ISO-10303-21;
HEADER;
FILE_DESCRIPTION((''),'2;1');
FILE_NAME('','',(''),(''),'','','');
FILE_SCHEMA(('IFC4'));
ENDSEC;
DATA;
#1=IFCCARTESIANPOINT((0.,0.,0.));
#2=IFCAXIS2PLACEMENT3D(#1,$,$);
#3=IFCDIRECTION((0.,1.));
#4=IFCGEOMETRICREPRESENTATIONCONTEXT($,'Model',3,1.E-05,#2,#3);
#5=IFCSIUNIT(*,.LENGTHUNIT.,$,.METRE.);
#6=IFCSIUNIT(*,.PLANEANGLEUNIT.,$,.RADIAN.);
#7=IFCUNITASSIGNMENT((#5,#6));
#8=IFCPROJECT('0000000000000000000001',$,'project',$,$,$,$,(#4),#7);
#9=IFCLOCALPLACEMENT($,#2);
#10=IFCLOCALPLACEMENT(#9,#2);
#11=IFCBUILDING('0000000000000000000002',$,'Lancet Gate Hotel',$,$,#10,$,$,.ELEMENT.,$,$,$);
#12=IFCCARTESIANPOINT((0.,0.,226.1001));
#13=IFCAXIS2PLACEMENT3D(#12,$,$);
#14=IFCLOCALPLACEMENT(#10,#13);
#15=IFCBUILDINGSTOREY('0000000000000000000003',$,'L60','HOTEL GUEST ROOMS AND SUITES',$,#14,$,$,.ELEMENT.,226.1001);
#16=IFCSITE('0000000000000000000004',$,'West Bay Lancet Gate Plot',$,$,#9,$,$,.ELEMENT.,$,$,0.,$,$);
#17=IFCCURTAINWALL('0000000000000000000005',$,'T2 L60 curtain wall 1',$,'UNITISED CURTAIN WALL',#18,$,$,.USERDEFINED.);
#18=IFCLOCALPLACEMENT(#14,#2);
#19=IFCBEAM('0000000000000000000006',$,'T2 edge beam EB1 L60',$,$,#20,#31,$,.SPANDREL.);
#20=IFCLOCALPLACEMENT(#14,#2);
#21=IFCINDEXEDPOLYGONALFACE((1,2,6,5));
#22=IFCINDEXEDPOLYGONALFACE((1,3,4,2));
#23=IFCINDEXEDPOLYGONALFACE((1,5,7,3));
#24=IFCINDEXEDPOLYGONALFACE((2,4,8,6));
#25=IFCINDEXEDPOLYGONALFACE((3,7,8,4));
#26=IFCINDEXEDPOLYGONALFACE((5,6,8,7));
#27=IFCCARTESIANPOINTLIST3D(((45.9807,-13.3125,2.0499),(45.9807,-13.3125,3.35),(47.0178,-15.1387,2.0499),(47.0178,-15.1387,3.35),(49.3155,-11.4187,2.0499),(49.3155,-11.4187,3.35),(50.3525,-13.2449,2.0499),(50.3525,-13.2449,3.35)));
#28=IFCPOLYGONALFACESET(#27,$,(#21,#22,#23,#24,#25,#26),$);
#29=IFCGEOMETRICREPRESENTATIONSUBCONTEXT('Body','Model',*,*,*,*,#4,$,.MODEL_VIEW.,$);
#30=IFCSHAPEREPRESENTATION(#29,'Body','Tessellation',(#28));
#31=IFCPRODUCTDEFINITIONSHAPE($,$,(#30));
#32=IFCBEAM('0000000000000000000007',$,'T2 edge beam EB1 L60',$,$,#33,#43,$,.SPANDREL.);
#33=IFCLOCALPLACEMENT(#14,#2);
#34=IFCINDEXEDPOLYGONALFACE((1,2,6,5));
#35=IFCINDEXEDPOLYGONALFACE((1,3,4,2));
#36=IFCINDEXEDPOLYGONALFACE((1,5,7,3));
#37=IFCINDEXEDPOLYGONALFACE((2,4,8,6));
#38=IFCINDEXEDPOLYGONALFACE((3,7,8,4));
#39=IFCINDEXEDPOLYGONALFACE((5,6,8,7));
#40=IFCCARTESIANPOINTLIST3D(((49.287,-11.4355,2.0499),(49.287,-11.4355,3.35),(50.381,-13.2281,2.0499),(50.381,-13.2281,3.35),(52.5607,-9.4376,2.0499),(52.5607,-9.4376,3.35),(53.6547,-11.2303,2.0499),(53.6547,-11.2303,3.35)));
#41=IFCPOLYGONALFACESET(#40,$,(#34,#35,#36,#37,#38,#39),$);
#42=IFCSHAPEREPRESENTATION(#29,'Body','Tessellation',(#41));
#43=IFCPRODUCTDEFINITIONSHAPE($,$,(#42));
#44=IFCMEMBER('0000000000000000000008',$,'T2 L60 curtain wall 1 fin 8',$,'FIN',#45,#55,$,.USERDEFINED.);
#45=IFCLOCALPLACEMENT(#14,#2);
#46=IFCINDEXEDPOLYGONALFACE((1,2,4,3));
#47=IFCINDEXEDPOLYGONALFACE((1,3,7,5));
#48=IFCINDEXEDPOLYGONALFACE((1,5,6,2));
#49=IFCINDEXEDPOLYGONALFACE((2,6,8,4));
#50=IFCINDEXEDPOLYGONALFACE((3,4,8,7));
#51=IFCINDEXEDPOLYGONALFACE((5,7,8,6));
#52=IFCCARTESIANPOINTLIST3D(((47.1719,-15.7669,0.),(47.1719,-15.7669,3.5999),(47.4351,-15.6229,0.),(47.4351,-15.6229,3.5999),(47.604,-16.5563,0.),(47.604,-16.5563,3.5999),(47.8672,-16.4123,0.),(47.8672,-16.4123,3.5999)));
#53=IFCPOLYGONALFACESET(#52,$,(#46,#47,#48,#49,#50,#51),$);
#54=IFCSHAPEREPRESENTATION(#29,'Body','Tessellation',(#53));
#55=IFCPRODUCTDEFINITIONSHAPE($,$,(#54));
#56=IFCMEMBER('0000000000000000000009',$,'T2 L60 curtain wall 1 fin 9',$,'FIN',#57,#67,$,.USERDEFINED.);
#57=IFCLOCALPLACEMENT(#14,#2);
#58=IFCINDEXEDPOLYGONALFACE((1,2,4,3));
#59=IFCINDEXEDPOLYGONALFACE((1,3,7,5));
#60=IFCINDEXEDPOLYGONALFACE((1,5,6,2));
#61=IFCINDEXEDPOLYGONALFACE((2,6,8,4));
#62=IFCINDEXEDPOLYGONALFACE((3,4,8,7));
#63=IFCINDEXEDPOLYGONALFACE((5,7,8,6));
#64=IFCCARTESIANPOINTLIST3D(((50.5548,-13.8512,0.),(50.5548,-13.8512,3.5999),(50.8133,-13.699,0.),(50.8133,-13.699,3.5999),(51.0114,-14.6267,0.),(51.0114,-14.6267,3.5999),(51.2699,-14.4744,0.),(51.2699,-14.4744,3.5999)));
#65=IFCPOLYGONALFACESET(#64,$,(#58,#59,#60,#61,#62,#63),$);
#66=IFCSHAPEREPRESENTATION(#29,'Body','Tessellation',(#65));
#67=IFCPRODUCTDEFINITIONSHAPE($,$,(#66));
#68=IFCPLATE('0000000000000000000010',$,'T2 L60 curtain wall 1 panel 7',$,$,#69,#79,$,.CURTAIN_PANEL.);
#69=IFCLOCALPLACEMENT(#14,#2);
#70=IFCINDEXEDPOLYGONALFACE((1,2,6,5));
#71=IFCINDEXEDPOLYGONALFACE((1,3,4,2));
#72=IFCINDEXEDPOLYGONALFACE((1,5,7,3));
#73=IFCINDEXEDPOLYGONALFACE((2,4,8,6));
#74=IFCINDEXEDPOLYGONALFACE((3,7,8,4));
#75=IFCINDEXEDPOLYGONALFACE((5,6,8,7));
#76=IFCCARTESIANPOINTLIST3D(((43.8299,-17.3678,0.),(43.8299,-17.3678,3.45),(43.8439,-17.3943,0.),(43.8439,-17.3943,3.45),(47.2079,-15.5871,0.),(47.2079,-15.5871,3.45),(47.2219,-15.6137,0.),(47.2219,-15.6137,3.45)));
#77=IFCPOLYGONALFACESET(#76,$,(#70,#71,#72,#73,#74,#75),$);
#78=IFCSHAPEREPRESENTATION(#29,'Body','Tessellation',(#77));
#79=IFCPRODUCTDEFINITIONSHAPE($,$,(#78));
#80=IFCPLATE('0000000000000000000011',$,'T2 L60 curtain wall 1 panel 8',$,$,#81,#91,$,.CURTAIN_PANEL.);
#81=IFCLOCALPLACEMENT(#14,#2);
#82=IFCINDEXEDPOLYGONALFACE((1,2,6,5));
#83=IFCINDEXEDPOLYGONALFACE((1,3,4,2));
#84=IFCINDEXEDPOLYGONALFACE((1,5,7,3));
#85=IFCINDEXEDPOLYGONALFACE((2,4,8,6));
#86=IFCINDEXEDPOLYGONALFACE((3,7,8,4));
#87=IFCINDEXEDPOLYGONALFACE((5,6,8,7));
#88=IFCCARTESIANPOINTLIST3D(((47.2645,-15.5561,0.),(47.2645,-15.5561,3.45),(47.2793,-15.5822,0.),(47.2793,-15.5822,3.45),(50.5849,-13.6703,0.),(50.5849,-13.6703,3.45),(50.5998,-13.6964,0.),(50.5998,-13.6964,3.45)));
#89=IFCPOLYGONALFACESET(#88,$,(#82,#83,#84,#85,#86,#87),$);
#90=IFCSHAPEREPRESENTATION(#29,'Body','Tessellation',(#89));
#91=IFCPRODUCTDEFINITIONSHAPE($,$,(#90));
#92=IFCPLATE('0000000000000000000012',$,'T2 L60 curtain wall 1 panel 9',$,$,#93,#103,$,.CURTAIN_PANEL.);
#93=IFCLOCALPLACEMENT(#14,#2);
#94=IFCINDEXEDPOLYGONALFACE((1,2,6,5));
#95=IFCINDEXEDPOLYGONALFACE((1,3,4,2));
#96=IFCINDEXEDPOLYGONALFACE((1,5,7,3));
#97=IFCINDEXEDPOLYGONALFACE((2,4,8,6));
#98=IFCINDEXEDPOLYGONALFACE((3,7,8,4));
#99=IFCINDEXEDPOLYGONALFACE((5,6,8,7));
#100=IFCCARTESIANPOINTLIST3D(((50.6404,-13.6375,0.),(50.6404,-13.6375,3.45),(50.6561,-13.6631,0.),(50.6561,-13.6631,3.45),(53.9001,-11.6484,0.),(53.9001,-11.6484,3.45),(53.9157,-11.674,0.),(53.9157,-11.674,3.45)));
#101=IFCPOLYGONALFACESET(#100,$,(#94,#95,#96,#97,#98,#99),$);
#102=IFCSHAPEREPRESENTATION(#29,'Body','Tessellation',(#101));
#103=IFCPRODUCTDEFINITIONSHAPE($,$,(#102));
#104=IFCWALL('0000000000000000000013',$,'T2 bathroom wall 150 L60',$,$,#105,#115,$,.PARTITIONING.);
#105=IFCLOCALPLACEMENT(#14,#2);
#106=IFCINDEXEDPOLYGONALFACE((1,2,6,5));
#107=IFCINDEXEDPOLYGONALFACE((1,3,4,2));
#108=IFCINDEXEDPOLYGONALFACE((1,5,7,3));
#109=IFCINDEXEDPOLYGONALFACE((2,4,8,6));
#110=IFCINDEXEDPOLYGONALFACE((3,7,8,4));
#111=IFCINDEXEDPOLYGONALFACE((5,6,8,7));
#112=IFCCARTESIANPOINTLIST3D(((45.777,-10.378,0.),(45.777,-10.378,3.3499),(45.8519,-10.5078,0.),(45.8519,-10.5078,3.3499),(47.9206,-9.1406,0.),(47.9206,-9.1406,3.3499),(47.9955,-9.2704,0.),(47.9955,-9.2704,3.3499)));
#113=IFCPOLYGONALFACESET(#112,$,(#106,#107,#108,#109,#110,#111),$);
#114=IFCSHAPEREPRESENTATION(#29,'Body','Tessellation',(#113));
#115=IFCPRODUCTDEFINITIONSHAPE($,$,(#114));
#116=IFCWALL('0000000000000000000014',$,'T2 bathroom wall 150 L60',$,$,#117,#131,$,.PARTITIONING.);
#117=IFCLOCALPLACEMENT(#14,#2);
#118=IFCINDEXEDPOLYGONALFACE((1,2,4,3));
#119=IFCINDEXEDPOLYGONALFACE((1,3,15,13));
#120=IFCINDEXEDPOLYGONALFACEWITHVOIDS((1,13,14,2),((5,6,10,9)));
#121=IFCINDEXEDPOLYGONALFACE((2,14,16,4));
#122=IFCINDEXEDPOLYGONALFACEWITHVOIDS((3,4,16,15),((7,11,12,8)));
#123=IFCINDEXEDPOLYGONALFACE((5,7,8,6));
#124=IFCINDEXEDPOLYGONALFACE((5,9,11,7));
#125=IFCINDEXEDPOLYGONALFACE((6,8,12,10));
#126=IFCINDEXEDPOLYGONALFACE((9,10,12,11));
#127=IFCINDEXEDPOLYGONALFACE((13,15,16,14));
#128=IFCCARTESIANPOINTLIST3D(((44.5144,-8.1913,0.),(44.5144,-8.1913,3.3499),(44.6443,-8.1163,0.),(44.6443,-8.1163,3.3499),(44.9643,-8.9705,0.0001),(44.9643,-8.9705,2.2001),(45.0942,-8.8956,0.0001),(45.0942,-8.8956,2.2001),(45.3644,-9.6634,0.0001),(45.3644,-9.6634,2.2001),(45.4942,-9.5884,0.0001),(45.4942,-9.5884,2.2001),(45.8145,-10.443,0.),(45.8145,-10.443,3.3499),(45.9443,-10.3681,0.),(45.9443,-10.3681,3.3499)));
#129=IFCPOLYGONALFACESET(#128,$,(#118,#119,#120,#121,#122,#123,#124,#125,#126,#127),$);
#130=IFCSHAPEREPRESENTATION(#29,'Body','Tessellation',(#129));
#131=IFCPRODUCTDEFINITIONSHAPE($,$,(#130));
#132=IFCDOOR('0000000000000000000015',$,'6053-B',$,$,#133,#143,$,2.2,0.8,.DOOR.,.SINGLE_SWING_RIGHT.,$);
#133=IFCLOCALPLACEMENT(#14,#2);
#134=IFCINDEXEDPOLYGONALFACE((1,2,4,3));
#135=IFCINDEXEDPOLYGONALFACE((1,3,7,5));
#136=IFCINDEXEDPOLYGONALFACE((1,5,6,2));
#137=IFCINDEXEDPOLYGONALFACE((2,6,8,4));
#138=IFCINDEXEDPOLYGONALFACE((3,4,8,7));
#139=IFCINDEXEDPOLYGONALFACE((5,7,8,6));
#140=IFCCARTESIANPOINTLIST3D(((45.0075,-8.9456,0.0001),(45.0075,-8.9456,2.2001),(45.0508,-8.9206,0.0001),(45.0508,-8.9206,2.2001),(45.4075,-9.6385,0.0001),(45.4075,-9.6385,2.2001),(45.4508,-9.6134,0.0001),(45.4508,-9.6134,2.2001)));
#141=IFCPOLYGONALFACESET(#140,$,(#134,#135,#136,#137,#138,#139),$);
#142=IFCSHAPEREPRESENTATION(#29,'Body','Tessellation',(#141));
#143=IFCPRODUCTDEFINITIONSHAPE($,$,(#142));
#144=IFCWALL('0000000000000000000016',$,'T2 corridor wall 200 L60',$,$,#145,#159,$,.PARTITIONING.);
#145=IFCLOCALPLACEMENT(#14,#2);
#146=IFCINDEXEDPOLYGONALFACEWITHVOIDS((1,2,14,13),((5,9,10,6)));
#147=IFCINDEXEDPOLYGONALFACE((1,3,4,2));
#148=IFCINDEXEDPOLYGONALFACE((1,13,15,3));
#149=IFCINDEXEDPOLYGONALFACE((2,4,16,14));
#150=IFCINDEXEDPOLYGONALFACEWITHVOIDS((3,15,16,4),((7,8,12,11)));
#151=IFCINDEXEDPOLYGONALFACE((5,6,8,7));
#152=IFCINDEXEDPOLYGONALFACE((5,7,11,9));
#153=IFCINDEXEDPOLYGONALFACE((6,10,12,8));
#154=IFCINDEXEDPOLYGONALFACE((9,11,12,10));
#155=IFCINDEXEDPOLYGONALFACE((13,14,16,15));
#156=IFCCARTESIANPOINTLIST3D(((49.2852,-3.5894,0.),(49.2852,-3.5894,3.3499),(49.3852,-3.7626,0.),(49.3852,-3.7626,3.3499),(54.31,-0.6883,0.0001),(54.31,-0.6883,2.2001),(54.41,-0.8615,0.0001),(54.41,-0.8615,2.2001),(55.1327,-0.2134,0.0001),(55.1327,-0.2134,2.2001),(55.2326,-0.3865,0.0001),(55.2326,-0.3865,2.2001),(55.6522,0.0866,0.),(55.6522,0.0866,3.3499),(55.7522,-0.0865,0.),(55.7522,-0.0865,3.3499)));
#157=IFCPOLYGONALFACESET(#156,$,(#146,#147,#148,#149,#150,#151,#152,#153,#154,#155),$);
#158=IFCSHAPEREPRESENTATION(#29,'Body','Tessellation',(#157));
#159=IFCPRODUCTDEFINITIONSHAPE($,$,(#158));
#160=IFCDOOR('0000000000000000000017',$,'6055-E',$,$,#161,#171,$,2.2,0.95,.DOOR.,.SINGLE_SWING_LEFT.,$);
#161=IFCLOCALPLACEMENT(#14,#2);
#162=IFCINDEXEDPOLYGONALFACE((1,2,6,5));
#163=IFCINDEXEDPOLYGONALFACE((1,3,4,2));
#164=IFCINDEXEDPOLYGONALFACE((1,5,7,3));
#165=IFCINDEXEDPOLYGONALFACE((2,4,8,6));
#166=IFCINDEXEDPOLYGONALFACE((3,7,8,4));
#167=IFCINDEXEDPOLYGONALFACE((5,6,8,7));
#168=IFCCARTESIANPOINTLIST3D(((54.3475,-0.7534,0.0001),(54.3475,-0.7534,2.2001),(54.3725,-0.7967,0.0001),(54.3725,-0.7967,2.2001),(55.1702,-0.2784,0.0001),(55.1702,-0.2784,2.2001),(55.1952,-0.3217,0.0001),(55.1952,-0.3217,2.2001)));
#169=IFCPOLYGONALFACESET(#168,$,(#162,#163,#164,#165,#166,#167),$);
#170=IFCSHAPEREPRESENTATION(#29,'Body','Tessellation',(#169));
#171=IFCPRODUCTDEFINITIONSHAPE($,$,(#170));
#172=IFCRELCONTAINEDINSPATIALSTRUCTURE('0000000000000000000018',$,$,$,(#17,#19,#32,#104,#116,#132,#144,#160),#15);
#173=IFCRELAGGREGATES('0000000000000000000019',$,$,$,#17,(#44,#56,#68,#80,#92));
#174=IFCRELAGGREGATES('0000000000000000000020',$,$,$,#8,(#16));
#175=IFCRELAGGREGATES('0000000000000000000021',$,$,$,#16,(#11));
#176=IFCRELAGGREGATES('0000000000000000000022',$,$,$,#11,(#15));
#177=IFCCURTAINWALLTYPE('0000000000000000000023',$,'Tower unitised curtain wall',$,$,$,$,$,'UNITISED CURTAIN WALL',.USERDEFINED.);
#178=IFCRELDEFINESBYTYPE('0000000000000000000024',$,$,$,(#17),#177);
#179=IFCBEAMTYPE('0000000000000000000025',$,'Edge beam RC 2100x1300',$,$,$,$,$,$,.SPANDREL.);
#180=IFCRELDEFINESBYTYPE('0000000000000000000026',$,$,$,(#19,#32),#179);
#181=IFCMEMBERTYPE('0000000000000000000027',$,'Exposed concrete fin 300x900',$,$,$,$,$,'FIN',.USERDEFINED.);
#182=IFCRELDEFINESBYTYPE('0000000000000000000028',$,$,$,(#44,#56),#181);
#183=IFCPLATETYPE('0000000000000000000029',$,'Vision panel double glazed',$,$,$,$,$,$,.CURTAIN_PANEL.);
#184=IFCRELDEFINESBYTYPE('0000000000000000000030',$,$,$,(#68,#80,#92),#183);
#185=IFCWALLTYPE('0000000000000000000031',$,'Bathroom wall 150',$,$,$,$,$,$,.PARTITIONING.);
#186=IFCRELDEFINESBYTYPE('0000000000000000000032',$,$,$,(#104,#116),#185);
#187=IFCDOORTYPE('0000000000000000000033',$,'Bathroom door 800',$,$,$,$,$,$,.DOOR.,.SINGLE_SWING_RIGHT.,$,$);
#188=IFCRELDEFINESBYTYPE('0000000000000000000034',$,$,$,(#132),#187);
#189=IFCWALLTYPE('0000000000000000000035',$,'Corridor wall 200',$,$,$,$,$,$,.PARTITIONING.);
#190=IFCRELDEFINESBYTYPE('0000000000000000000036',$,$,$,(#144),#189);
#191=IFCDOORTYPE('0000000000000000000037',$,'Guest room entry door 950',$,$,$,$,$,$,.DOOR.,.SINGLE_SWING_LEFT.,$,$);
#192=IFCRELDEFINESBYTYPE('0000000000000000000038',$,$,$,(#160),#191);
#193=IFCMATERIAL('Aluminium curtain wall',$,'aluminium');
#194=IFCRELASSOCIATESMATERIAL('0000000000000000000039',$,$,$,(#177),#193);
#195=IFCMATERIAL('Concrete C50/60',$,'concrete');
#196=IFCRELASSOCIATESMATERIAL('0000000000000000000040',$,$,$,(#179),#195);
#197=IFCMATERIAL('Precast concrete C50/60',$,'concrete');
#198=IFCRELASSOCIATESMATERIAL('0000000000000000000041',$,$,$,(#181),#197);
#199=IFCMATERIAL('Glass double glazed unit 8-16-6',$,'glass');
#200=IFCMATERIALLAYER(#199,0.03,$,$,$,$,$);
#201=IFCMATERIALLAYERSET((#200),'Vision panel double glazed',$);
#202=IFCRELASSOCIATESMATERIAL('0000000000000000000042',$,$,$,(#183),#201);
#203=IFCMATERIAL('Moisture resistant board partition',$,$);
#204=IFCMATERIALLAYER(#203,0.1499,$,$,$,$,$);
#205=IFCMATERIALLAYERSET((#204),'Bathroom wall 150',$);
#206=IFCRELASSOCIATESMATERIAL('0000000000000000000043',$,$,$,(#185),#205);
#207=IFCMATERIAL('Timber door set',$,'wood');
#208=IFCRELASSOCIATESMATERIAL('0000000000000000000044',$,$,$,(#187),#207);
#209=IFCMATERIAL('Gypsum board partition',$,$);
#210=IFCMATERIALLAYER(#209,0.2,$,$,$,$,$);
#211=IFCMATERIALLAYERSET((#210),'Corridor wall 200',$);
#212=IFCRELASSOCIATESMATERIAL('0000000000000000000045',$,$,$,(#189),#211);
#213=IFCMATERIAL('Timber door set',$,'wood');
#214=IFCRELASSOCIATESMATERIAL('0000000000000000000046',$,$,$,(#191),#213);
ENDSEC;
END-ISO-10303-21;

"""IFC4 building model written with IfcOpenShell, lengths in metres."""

from ifc_helpers import new_model, si_unit, direction, frame, frame_2d, origin, origin_2d, place, context, subcontext, project, spatial, rectangle, extrude, material, layer, layer_set, material_profile, profile_set, type_object, element, fill, aggregate, save


model = new_model("IFC4")

# Units and contexts
model_context = context("Model", 3, precision=1e-05, world=origin(), true_north=direction((0.0, 1.0)))
body_context = subcontext(model_context, "Body", "Model", "MODEL_VIEW")
ifc_project = project(units=[si_unit("LENGTHUNIT", "METRE"), si_unit("PLANEANGLEUNIT", "RADIAN")], contexts=[model_context])

# Site, building, storey
site_placement = place(None, origin())
site = spatial("IfcSite", under=ifc_project, at=site_placement, Name="West Bay Lancet Gate Plot", CompositionType="ELEMENT", RefElevation=0.0)
building_placement = place(site_placement, origin())
building = spatial("IfcBuilding", under=site, at=building_placement, Name="Lancet Gate Hotel", CompositionType="ELEMENT")
storey_placement = place(building_placement, frame((0.0, 0.0, 226.1001)))
storey = spatial("IfcBuildingStorey", under=building, at=storey_placement, Name="L60", Description="HOTEL GUEST ROOMS AND SUITES", CompositionType="ELEMENT", Elevation=226.1001)

# Curtain wall
ifc_material_1 = material(Name="Aluminium curtain wall", Category="aluminium")
curtain_wall_type = type_object("IfcCurtainWallType", Name="Tower unitised curtain wall", ElementType="UNITISED CURTAIN WALL", PredefinedType="USERDEFINED", material=ifc_material_1)
curtain_wall_placement = place(storey_placement, origin())
curtain_wall = element("IfcCurtainWall", 1, at=curtain_wall_placement, inside=storey, type_object=curtain_wall_type, Name="T2 L60 curtain wall 1", ObjectType="UNITISED CURTAIN WALL", PredefinedType="USERDEFINED")

# Beams
ifc_material_2 = material(Name="Concrete C50/60", Category="concrete")
ifc_material_profile_1 = material_profile(ifc_material_2, rectangle(XDim=2.1001, YDim=1.3, at=origin_2d()), Name="RC 2100x1300")
ifc_profile_set_1 = profile_set([ifc_material_profile_1], Name="Concrete C50/60")
beam_type = type_object("IfcBeamType", Name="Edge beam RC 2100x1300", PredefinedType="SPANDREL", material=ifc_profile_set_1)
beam_1_placement = place(storey_placement, frame((46.4993, -14.2256, 2.7), z_axis=(0.86956, 0.493827, 0.0), x_axis=(-0.493827, 0.86956, 0.0)))
element("IfcBeam", 2, at=beam_1_placement, inside=storey, type_object=beam_type, Name="T2 edge beam EB1 L60", PredefinedType="SPANDREL", context=body_context, shape_type="SweptSolid", body=[
    extrude(rectangle(XDim=2.1001, YDim=1.3, at=origin_2d()), origin(), (0.0, 0.0, 1.0), 3.835),
])
beam_2_placement = place(storey_placement, frame((49.834, -12.3318, 2.7), z_axis=(0.853604, 0.520922, 0.0), x_axis=(-0.520922, 0.853604, 0.0)))
element("IfcBeam", 3, at=beam_2_placement, inside=storey, type_object=beam_type, Name="T2 edge beam EB1 L60", PredefinedType="SPANDREL", context=body_context, shape_type="SweptSolid", body=[
    extrude(rectangle(XDim=2.1001, YDim=1.3, at=origin_2d()), origin(), (0.0, 0.0, 1.0), 3.8352),
])

# Members
ifc_material_3 = material(Name="Precast concrete C50/60", Category="concrete")
ifc_material_profile_2 = material_profile(ifc_material_3, rectangle(XDim=0.3, YDim=0.8999, at=origin_2d()), Name="FIN 300x900")
ifc_profile_set_2 = profile_set([ifc_material_profile_2], Name="Precast concrete C50/60")
member_type_1 = type_object("IfcMemberType", Name="Exposed concrete fin 300x900", ElementType="FIN", PredefinedType="USERDEFINED", material=ifc_profile_set_2)
member_1_placement = place(storey_placement, frame((47.5195, -16.0896, 0.0), z_axis=(0.0, 0.0, 1.0), x_axis=(0.877195, 0.480135, 0.0)))
member_1 = element("IfcMember", 4, at=member_1_placement, type_object=member_type_1, Name="T2 L60 curtain wall 1 fin 8", ObjectType="FIN", PredefinedType="USERDEFINED", context=body_context, shape_type="SweptSolid", body=[
    extrude(rectangle(XDim=0.3, YDim=0.8999, at=origin_2d()), origin(), (0.0, 0.0, 1.0), 3.5999),
])
member_2_placement = place(storey_placement, frame((50.9124, -14.1628, 0.0), z_axis=(0.0, 0.0, 1.0), x_axis=(0.861692, 0.507432, 0.0)))
member_2 = element("IfcMember", 5, at=member_2_placement, type_object=member_type_1, Name="T2 L60 curtain wall 1 fin 9", ObjectType="FIN", PredefinedType="USERDEFINED", context=body_context, shape_type="SweptSolid", body=[
    extrude(rectangle(XDim=0.3, YDim=0.8999, at=origin_2d()), origin(), (0.0, 0.0, 1.0), 3.5999),
])

# Plates
ifc_material_4 = material(Name="Glass double glazed unit 8-16-6", Category="glass")
ifc_layer_1 = layer(ifc_material_4, 0.03)
ifc_layer_set_1 = layer_set([ifc_layer_1], Name="Vision panel double glazed")
plate_type = type_object("IfcPlateType", Name="Vision panel double glazed", PredefinedType="CURTAIN_PANEL", material=ifc_layer_set_1)
plate_1_placement = place(storey_placement, frame((45.5259, -16.4907, 0.0), z_axis=(0.0, 0.0, 1.0), x_axis=(0.884623, 0.466307, 0.0)))
plate_1 = element("IfcPlate", 6, at=plate_1_placement, type_object=plate_type, Name="T2 L60 curtain wall 1 panel 7", PredefinedType="CURTAIN_PANEL", context=body_context, shape_type="SweptSolid", body=[
    extrude(rectangle(XDim=3.8186, YDim=0.03, at=origin_2d()), origin(), (0.0, 0.0, 1.0), 3.45),
])
plate_2_placement = place(storey_placement, frame((48.9321, -14.6262, 0.0), z_axis=(0.0, 0.0, 1.0), x_axis=(0.86955, 0.493844, 0.0)))
plate_2 = element("IfcPlate", 7, at=plate_2_placement, type_object=plate_type, Name="T2 L60 curtain wall 1 panel 8", PredefinedType="CURTAIN_PANEL", context=body_context, shape_type="SweptSolid", body=[
    extrude(rectangle(XDim=3.8186, YDim=0.03, at=origin_2d()), origin(), (0.0, 0.0, 1.0), 3.45),
])
plate_3_placement = place(storey_placement, frame((52.2781, -12.6558, 0.0), z_axis=(0.0, 0.0, 1.0), x_axis=(0.853621, 0.520895, 0.0)))
plate_3 = element("IfcPlate", 8, at=plate_3_placement, type_object=plate_type, Name="T2 L60 curtain wall 1 panel 9", PredefinedType="CURTAIN_PANEL", context=body_context, shape_type="SweptSolid", body=[
    extrude(rectangle(XDim=3.8186, YDim=0.03, at=origin_2d()), origin(), (0.0, 0.0, 1.0), 3.45),
])
aggregate(curtain_wall, [member_1, member_2, plate_1, plate_2, plate_3])

# Wall
ifc_material_5 = material(Name="Moisture resistant board partition")
ifc_layer_2 = layer(ifc_material_5, 0.1499)
ifc_layer_set_2 = layer_set([ifc_layer_2], Name="Bathroom wall 150")
wall_type_1 = type_object("IfcWallType", Name="Bathroom wall 150", PredefinedType="PARTITIONING", material=ifc_layer_set_2)
wall_1_placement = place(storey_placement, frame((45.8145, -10.4429, 0.0), z_axis=(0.0, 0.0, 1.0), x_axis=(0.866074, 0.499916, 0.0)))
element("IfcWall", 9, at=wall_1_placement, inside=storey, type_object=wall_type_1, Name="T2 bathroom wall 150 L60", PredefinedType="PARTITIONING", context=body_context, shape_type="SweptSolid", body=[
    extrude(rectangle(XDim=2.4751, YDim=0.1499, at=frame_2d((1.2375, 0.0))), origin(), (0.0, 0.0, 1.0), 3.3499),
])

# Walls, openings, doors
wall_2_placement = place(storey_placement, frame((44.5793, -8.1538, 0.0), z_axis=(0.0, 0.0, 1.0), x_axis=(0.500007, -0.866021, 0.0)))
wall_2 = element("IfcWall", 10, at=wall_2_placement, inside=storey, type_object=wall_type_1, Name="T2 bathroom wall 150 L60", PredefinedType="PARTITIONING", context=body_context, shape_type="SweptSolid", body=[
    extrude(rectangle(XDim=2.6001, YDim=0.1499, at=frame_2d((1.3, 0.0))), origin(), (0.0, 0.0, 1.0), 3.3499),
])
opening_1_placement = place(wall_2_placement, frame((0.8999, 0.0, 0.0)))
opening_1 = element("IfcOpeningElement", 11, at=opening_1_placement, cuts=wall_2, PredefinedType="OPENING", context=body_context, shape_type="SweptSolid", body=[
    extrude(rectangle(XDim=0.8, YDim=2.2, at=frame_2d((0.3999, 1.1001))), frame((0.0, 0.085, 0.0), z_axis=(0.0, -1.0, 0.0), x_axis=(1.0, 0.0, 0.0)), (0.0, 0.0, 1.0), 0.1699),
])
ifc_material_6 = material(Name="Timber door set", Category="wood")
door_type_1 = type_object("IfcDoorType", Name="Bathroom door 800", OperationType="SINGLE_SWING_RIGHT", PredefinedType="DOOR", material=ifc_material_6)
door_1_placement = place(opening_1_placement, origin())
door_1 = element("IfcDoor", 12, at=door_1_placement, inside=storey, type_object=door_type_1, Name="6053-B", OperationType="SINGLE_SWING_RIGHT", OverallHeight=2.2, OverallWidth=0.8, PredefinedType="DOOR", context=body_context, shape_type="SweptSolid", body=[
    extrude(rectangle(XDim=0.8, YDim=2.2, at=frame_2d((0.3999, 1.1001))), frame((0.0, 0.0249, 0.0), z_axis=(0.0, -1.0, 0.0), x_axis=(1.0, 0.0, 0.0)), (0.0, 0.0, 1.0), 0.05),
])
fill(opening_1, door_1)
ifc_material_7 = material(Name="Gypsum board partition")
ifc_layer_3 = layer(ifc_material_7, 0.2)
ifc_layer_set_3 = layer_set([ifc_layer_3], Name="Corridor wall 200")
wall_type_2 = type_object("IfcWallType", Name="Corridor wall 200", PredefinedType="PARTITIONING", material=ifc_layer_set_3)
wall_3_placement = place(storey_placement, frame((49.3352, -3.676, 0.0), z_axis=(0.0, 0.0, 1.0), x_axis=(0.866021, 0.500007, 0.0)))
wall_3 = element("IfcWall", 13, at=wall_3_placement, inside=storey, type_object=wall_type_2, Name="T2 corridor wall 200 L60", PredefinedType="PARTITIONING", context=body_context, shape_type="SweptSolid", body=[
    extrude(rectangle(XDim=7.3521, YDim=0.2, at=frame_2d((3.676, 0.0))), origin(), (0.0, 0.0, 1.0), 3.3499),
])
opening_2_placement = place(wall_3_placement, frame((5.802, 0.0, 0.0)))
opening_2 = element("IfcOpeningElement", 14, at=opening_2_placement, cuts=wall_3, PredefinedType="OPENING", context=body_context, shape_type="SweptSolid", body=[
    extrude(rectangle(XDim=0.95, YDim=2.2, at=frame_2d((0.4751, 1.1001))), frame((0.0, 0.1099, 0.0), z_axis=(0.0, -1.0, 0.0), x_axis=(1.0, 0.0, 0.0)), (0.0, 0.0, 1.0), 0.22),
])
ifc_material_8 = material(Name="Timber door set", Category="wood")
door_type_2 = type_object("IfcDoorType", Name="Guest room entry door 950", OperationType="SINGLE_SWING_LEFT", PredefinedType="DOOR", material=ifc_material_8)
door_2_placement = place(opening_2_placement, origin())
door_2 = element("IfcDoor", 15, at=door_2_placement, inside=storey, type_object=door_type_2, Name="6055-E", OperationType="SINGLE_SWING_LEFT", OverallHeight=2.2, OverallWidth=0.95, PredefinedType="DOOR", context=body_context, shape_type="SweptSolid", body=[
    extrude(rectangle(XDim=0.95, YDim=2.2, at=frame_2d((0.4751, 1.1001))), frame((0.0, 0.0249, 0.0), z_axis=(0.0, -1.0, 0.0), x_axis=(1.0, 0.0, 0.0)), (0.0, 0.0, 1.0), 0.05),
])
fill(opening_2, door_2)

save(model, "model.ifc")
